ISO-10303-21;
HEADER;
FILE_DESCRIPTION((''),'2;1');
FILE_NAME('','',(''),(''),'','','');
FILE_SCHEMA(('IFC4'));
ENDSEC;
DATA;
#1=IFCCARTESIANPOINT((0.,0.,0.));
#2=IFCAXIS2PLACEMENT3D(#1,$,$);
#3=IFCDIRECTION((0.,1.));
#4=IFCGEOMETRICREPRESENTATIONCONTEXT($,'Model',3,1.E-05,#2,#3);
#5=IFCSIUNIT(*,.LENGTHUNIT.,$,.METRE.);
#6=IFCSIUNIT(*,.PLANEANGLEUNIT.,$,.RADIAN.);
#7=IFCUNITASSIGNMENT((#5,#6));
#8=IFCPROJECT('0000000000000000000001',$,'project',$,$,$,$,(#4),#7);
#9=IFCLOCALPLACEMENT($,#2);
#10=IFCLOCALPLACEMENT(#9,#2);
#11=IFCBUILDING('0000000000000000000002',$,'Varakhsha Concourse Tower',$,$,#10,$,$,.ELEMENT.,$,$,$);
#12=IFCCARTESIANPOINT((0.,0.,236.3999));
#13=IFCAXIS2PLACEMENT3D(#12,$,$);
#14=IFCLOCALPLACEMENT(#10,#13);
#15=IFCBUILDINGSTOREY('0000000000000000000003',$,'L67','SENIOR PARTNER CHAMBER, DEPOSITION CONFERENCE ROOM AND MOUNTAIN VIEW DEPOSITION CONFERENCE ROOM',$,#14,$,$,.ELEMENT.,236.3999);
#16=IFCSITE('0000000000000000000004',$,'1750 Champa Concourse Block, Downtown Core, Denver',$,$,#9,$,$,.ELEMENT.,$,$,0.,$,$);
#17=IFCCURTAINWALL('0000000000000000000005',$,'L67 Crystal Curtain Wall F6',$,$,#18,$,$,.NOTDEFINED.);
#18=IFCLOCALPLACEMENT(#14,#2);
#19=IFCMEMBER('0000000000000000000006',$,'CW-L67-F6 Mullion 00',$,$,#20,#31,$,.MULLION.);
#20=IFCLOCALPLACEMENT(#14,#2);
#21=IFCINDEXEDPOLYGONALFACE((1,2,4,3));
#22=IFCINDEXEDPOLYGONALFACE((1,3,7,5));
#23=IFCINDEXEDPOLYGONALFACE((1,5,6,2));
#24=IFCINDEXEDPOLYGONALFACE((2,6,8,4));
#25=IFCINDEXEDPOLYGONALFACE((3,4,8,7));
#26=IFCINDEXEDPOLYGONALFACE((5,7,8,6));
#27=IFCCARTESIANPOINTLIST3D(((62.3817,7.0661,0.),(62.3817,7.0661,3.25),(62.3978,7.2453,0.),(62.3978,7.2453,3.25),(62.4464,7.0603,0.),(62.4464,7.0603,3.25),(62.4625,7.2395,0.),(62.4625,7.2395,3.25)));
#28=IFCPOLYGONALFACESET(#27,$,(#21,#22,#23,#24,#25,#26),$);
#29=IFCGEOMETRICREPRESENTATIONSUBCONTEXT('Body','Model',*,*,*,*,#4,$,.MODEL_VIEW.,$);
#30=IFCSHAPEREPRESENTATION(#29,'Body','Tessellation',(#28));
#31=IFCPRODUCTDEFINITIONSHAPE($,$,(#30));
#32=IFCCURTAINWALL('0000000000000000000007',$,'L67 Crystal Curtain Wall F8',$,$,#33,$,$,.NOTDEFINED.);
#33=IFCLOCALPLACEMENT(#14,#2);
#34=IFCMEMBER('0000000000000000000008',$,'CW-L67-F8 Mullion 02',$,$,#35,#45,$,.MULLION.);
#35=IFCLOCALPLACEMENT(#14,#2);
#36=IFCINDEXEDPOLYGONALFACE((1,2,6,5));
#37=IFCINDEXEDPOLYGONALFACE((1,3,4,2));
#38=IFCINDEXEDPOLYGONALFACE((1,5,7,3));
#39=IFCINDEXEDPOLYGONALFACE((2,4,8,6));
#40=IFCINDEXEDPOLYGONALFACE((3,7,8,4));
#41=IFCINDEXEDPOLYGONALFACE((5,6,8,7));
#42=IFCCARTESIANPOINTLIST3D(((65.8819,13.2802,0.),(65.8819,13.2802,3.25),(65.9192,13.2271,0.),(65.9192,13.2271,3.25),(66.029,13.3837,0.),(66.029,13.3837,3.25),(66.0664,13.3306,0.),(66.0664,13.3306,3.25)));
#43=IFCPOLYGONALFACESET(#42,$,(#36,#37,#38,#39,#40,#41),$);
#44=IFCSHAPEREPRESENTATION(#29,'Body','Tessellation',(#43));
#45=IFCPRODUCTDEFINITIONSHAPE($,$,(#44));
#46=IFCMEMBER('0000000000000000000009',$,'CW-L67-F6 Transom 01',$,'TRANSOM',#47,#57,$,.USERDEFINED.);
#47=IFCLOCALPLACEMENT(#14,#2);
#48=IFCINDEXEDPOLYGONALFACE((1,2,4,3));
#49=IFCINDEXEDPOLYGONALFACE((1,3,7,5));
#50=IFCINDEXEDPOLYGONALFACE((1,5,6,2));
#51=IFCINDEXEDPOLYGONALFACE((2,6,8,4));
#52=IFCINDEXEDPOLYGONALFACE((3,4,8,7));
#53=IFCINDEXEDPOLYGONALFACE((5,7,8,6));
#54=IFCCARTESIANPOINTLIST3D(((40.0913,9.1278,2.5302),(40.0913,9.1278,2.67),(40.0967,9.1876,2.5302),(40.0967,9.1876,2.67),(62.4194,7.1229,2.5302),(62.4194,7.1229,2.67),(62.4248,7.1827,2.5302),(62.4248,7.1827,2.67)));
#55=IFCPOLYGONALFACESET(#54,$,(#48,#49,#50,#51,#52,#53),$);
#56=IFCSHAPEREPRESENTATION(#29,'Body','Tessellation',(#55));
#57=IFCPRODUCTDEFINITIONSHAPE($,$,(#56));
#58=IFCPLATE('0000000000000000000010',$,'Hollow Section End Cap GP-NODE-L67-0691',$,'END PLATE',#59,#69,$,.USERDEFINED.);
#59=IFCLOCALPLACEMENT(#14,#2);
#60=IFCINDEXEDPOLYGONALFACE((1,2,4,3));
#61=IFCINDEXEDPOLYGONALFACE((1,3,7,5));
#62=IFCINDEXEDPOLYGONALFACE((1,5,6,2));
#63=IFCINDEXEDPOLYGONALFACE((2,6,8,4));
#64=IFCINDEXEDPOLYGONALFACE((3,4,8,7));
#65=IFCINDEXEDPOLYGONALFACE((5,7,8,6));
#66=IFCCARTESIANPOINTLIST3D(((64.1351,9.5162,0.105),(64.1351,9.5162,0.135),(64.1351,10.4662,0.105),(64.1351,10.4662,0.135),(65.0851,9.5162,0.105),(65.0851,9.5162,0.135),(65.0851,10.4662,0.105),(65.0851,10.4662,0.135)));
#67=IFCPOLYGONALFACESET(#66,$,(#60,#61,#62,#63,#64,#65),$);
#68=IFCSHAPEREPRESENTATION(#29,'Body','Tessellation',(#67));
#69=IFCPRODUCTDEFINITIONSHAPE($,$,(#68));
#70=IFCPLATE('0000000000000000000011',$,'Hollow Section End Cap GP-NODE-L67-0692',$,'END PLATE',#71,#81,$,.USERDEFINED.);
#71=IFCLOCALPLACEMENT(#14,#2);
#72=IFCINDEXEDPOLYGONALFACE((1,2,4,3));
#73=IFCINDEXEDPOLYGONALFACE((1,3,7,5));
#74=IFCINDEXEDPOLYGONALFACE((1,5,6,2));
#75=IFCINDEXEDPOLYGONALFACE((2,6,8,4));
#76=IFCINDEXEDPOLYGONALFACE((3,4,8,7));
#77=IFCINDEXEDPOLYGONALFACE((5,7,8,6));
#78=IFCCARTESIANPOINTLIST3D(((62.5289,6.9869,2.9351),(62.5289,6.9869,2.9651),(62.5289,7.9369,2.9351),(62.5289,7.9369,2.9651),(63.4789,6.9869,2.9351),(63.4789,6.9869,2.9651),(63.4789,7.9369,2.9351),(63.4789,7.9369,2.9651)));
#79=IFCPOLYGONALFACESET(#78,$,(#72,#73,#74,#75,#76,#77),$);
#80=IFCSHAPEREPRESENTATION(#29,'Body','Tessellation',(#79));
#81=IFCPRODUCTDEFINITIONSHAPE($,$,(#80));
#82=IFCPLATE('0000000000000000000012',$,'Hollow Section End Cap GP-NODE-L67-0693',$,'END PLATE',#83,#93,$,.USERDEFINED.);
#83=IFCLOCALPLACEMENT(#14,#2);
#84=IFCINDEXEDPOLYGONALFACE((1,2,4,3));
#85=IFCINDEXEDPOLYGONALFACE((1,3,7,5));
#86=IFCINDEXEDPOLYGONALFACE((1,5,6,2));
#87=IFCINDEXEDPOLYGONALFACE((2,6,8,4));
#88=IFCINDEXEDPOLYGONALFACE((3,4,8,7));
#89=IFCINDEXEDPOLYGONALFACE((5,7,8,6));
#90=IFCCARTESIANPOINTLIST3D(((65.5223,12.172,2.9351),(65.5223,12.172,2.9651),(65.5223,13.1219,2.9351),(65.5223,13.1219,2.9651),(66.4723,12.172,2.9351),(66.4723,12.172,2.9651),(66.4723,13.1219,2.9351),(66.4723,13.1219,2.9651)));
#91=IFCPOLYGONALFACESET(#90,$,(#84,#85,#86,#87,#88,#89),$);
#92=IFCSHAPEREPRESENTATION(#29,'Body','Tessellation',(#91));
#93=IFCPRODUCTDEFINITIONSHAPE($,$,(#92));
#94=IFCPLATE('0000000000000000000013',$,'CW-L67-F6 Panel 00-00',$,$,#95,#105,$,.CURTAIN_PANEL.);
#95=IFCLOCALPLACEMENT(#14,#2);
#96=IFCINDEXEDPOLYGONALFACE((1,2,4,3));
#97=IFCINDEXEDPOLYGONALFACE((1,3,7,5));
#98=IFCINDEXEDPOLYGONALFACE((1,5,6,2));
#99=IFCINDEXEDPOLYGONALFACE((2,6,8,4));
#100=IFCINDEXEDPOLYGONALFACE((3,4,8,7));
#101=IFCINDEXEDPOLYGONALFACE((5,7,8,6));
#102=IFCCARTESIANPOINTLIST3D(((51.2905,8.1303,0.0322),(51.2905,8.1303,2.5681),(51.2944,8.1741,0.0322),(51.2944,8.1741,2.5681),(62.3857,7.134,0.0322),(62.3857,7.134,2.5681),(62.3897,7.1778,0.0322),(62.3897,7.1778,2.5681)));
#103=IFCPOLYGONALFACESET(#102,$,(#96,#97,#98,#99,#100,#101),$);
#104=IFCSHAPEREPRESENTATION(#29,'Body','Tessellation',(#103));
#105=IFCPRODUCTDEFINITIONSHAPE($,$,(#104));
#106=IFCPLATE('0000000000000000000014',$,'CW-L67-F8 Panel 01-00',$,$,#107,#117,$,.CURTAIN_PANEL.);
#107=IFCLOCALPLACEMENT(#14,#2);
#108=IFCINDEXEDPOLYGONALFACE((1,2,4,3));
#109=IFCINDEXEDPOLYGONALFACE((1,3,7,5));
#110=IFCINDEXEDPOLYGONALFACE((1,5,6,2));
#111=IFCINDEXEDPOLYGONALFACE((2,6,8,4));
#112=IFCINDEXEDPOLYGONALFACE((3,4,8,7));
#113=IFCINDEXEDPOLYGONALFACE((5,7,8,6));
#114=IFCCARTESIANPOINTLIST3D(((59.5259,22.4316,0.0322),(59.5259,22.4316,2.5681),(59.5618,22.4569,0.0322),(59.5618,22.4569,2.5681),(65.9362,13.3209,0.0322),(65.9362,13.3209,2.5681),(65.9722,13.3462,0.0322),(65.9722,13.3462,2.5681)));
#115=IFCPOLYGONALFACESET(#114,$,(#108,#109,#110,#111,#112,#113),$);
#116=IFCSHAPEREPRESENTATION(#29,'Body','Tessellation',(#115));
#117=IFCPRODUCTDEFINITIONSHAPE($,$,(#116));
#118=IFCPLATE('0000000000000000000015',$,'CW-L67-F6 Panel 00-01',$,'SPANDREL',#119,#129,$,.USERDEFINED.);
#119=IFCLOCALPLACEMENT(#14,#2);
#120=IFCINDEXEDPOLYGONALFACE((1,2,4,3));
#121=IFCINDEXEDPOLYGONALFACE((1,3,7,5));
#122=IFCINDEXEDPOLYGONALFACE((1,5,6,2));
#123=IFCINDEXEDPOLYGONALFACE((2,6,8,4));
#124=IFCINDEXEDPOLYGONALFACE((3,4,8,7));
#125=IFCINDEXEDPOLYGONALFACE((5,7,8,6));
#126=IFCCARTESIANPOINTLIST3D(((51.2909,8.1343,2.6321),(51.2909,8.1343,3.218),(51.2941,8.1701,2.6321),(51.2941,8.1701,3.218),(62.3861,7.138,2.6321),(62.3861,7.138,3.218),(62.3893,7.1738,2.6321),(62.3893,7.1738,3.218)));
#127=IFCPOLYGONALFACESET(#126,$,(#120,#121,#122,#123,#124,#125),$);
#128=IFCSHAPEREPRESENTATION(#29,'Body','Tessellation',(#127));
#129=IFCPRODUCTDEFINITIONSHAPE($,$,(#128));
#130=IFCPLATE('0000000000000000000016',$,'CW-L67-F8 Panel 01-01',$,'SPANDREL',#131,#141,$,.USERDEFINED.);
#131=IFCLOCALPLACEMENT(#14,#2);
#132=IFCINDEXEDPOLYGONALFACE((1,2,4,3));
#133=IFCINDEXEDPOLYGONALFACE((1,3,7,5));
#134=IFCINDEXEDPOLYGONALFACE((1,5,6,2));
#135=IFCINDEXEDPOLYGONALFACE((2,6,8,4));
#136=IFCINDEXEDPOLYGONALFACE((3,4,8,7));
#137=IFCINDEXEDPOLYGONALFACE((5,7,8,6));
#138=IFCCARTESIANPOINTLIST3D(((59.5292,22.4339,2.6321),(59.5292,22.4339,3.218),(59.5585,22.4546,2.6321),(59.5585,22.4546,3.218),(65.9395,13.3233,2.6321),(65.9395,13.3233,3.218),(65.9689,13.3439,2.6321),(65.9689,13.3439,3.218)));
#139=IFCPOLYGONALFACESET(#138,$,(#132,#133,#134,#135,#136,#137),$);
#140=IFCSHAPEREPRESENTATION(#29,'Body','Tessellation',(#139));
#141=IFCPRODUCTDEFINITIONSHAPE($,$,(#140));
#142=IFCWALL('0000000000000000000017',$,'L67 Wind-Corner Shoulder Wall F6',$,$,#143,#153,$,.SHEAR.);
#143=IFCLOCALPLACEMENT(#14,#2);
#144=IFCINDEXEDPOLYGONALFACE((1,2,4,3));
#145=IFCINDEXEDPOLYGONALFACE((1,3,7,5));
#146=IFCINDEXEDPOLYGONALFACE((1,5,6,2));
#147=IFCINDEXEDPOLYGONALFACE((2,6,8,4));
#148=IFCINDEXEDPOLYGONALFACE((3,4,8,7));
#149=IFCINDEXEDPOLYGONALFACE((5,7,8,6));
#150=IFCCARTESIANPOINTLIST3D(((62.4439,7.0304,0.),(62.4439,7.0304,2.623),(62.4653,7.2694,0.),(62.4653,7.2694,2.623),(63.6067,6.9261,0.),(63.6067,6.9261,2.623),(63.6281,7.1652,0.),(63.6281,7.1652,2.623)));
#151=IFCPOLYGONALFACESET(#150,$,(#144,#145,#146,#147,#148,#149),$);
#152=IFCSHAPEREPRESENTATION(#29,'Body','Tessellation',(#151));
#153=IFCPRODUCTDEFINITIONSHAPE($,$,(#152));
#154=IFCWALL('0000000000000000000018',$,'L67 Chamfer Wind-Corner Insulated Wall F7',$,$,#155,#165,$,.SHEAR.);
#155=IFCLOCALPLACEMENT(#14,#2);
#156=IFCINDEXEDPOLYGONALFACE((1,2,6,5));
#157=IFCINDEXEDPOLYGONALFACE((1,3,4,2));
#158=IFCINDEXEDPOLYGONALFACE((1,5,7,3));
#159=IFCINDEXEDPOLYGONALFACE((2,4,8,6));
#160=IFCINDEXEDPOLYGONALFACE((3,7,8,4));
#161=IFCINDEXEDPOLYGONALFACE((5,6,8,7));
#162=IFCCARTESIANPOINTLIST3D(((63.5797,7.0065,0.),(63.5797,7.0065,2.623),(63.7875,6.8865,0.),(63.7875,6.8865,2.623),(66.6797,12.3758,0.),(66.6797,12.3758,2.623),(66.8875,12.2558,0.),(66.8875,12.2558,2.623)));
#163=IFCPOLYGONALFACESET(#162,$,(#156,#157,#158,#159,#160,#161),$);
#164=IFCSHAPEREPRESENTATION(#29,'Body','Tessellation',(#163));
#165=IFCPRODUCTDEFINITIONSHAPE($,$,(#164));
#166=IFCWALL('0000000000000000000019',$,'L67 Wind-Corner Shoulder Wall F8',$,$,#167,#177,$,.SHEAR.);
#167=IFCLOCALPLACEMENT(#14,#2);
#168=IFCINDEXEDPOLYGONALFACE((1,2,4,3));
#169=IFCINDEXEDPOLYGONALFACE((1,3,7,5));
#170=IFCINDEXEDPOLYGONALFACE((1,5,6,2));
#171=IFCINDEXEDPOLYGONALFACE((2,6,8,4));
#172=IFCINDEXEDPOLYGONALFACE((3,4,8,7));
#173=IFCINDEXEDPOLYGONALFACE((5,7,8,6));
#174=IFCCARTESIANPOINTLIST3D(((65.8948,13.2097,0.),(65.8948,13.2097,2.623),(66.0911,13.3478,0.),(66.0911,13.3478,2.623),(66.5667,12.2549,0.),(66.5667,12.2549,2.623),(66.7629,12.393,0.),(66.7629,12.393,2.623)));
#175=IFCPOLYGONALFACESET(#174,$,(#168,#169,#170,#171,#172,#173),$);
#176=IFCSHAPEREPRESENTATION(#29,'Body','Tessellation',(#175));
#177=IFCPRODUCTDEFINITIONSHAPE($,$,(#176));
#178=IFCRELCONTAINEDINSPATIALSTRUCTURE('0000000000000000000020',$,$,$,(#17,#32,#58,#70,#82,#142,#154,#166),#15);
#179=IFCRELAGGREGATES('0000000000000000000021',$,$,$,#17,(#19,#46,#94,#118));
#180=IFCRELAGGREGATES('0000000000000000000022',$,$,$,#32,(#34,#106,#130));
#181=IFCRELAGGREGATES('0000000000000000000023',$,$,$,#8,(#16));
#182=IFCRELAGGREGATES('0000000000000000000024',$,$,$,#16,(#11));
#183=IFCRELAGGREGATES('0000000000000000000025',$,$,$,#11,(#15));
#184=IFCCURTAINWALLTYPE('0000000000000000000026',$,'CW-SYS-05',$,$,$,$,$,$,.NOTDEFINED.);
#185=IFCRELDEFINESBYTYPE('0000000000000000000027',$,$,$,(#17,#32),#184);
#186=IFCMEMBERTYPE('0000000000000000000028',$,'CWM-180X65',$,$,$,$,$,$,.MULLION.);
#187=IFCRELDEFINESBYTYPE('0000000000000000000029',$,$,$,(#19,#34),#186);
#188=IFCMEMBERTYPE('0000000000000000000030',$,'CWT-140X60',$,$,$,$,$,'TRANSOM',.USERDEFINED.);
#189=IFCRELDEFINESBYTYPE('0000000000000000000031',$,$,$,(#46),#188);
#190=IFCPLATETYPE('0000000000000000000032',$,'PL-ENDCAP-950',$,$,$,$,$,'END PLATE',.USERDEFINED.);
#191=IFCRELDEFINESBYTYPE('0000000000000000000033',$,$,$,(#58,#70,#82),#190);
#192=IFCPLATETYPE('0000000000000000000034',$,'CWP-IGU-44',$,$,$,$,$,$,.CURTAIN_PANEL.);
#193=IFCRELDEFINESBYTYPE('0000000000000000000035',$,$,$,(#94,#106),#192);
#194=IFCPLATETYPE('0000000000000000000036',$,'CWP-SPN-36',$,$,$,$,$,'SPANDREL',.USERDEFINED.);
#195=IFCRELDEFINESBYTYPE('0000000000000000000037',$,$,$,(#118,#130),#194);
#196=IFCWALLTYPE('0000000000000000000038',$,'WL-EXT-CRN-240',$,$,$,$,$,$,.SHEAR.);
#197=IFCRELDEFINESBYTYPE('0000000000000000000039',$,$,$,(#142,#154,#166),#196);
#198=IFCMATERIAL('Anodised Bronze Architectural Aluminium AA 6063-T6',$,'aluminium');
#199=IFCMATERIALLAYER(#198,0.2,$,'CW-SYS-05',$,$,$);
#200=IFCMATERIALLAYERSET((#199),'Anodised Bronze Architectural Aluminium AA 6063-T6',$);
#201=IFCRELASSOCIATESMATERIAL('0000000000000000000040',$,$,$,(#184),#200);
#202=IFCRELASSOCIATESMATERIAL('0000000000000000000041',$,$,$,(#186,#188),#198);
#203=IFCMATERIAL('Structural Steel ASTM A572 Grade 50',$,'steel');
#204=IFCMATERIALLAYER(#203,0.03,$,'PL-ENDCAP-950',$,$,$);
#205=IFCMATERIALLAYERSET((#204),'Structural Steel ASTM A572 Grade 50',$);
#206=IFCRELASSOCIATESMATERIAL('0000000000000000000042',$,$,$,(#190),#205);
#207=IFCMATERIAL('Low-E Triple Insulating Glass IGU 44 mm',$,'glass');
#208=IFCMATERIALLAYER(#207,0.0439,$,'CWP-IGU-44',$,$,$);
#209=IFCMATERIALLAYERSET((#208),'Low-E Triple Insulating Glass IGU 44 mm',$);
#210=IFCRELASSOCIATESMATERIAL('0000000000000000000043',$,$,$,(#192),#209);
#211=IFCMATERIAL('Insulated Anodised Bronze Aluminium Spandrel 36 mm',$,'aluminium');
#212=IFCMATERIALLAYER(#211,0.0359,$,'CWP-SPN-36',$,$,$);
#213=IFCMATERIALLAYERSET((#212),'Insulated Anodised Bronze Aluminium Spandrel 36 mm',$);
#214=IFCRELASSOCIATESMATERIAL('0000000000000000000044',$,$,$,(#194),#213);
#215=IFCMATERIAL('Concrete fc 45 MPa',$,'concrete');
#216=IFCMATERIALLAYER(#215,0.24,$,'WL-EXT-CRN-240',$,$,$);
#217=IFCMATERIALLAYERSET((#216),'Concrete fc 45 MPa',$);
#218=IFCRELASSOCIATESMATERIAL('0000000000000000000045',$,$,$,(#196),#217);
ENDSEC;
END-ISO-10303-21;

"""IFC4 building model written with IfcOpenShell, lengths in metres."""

from ifc_helpers import new_model, si_unit, direction, frame, frame_2d, origin, origin_2d, place, context, subcontext, project, spatial, rectangle, extrude, source, transform, mapped, material, layer, layer_set, material_profile, profile_set, type_object, type_shapes, element, aggregate, save


model = new_model("IFC4")

# Units and contexts
model_context = context("Model", 3, precision=1e-05, world=origin(), true_north=direction((0.0, 1.0)))
body_context = subcontext(model_context, "Body", "Model", "MODEL_VIEW")
ifc_project = project(units=[si_unit("LENGTHUNIT", "METRE"), si_unit("PLANEANGLEUNIT", "RADIAN")], contexts=[model_context])

# Site, building, storey
site_placement = place(None, origin())
site = spatial("IfcSite", under=ifc_project, at=site_placement, Name="1750 Champa Concourse Block, Downtown Core, Denver", CompositionType="ELEMENT", RefElevation=0.0)
building_placement = place(site_placement, origin())
building = spatial("IfcBuilding", under=site, at=building_placement, Name="Varakhsha Concourse Tower", CompositionType="ELEMENT")
storey_placement = place(building_placement, frame((0.0, 0.0, 236.3999)))
storey = spatial("IfcBuildingStorey", under=building, at=storey_placement, Name="L67", Description="SENIOR PARTNER CHAMBER, DEPOSITION CONFERENCE ROOM AND MOUNTAIN VIEW DEPOSITION CONFERENCE ROOM", CompositionType="ELEMENT", Elevation=236.3999)

# Shared definitions
ifc_material_1 = material(Name="Structural Steel ASTM A572 Grade 50", Category="steel")

# Curtain walls, members
ifc_material_2 = material(Name="Anodised Bronze Architectural Aluminium AA 6063-T6", Category="aluminium")
ifc_layer_1 = layer(ifc_material_2, 0.2, Name="CW-SYS-05")
ifc_layer_set_1 = layer_set([ifc_layer_1], Name="Anodised Bronze Architectural Aluminium AA 6063-T6")
curtain_wall_type = type_object("IfcCurtainWallType", Name="CW-SYS-05", PredefinedType="NOTDEFINED", material=ifc_layer_set_1)
curtain_wall_1_placement = place(storey_placement, origin())
curtain_wall_1 = element("IfcCurtainWall", 1, at=curtain_wall_1_placement, inside=storey, type_object=curtain_wall_type, Name="L67 Crystal Curtain Wall F6", PredefinedType="NOTDEFINED")
ifc_material_profile_1 = material_profile(ifc_material_2, rectangle(XDim=0.0649, YDim=0.1799, at=origin_2d()), Name="CWM-180X65")
ifc_profile_set_1 = profile_set([ifc_material_profile_1], Name="Anodised Bronze Architectural Aluminium AA 6063-T6")
member_type_1 = type_object("IfcMemberType", Name="CWM-180X65", PredefinedType="MULLION", material=ifc_profile_set_1)
shared_shape_1 = source(origin(), body_context, "Body", "SweptSolid", [
    extrude(rectangle(XDim=0.0649, YDim=0.1799, at=origin_2d()), origin(), (0.0, 0.0, 1.0), 3.25),
])
type_shapes(member_type_1, [shared_shape_1])
member_1_placement = place(storey_placement, frame((62.4221, 7.1528, 0.0), z_axis=(0.0, 0.0, 1.0), x_axis=(-0.995993, 0.089433, 0.0)))
member_1 = element("IfcMember", 2, at=member_1_placement, type_object=member_type_1, Name="CW-L67-F6 Mullion 00", PredefinedType="MULLION", context=body_context, shape_type="MappedRepresentation", body=[
    mapped(shared_shape_1, transform((0.0, 0.0, 0.0), scale=1.0)),
])
curtain_wall_2_placement = place(storey_placement, origin())
curtain_wall_2 = element("IfcCurtainWall", 3, at=curtain_wall_2_placement, inside=storey, type_object=curtain_wall_type, Name="L67 Crystal Curtain Wall F8", PredefinedType="NOTDEFINED")
member_2_placement = place(storey_placement, frame((65.9741, 13.3054, 0.0), z_axis=(0.0, 0.0, 1.0), x_axis=(0.575444, -0.817842, 0.0)))
member_2 = element("IfcMember", 4, at=member_2_placement, type_object=member_type_1, Name="CW-L67-F8 Mullion 02", PredefinedType="MULLION", context=body_context, shape_type="MappedRepresentation", body=[
    mapped(shared_shape_1, transform((0.0, 0.0, 0.0), scale=1.0)),
])

# Member
ifc_material_profile_2 = material_profile(ifc_material_2, rectangle(XDim=0.0601, YDim=0.1399, at=origin_2d()), Name="CWT-140X60")
ifc_profile_set_2 = profile_set([ifc_material_profile_2], Name="Anodised Bronze Architectural Aluminium AA 6063-T6")
member_type_2 = type_object("IfcMemberType", Name="CWT-140X60", ElementType="TRANSOM", PredefinedType="USERDEFINED", material=ifc_profile_set_2)
shared_shape_2 = source(origin(), body_context, "Body", "SweptSolid", [
    extrude(rectangle(XDim=0.0601, YDim=0.1399, at=origin_2d()), origin(), (0.0, 0.0, 1.0), 22.418),
])
type_shapes(member_type_2, [shared_shape_2])
member_3_placement = place(storey_placement, frame((62.4221, 7.1528, 2.6001), z_axis=(-0.995993, 0.089432, 0.0), x_axis=(-0.089432, -0.995993, 0.0)))
member_3 = element("IfcMember", 5, at=member_3_placement, type_object=member_type_2, Name="CW-L67-F6 Transom 01", ObjectType="TRANSOM", PredefinedType="USERDEFINED", context=body_context, shape_type="MappedRepresentation", body=[
    mapped(shared_shape_2, transform((0.0, 0.0, 0.0), scale=1.0)),
])

# Plates
ifc_layer_2 = layer(ifc_material_1, 0.03, Name="PL-ENDCAP-950")
ifc_layer_set_2 = layer_set([ifc_layer_2], Name="Structural Steel ASTM A572 Grade 50")
plate_type_1 = type_object("IfcPlateType", Name="PL-ENDCAP-950", ElementType="END PLATE", PredefinedType="USERDEFINED", material=ifc_layer_set_2)
shared_shape_3 = source(origin(), body_context, "Body", "SweptSolid", [
    extrude(rectangle(XDim=0.95, YDim=0.95, at=origin_2d()), origin(), (0.0, 0.0, 1.0), 0.03),
])
type_shapes(plate_type_1, [shared_shape_3])
for number, where, z_axis, x_axis, name in (
    (6, (64.6101, 9.9912, 0.105), (0.0, 0.0, 1.0), (1.0, 0.0, 0.0), "Hollow Section End Cap GP-NODE-L67-0691"),
    (7, (63.0039, 7.4619, 2.9351), (0.0, 0.0, 1.0), (1.0, 0.0, 0.0), "Hollow Section End Cap GP-NODE-L67-0692"),
    (8, (65.9973, 12.647, 2.9351), (0.0, 0.0, 1.0), (1.0, 0.0, 0.0), "Hollow Section End Cap GP-NODE-L67-0693"),
):
    element("IfcPlate", number, at=place(storey_placement, frame(where, z_axis=z_axis, x_axis=x_axis)), inside=storey, type_object=plate_type_1, Name=name, ObjectType="END PLATE", PredefinedType="USERDEFINED", context=body_context, shape_type="MappedRepresentation", body=[
        mapped(shared_shape_3, transform((0.0, 0.0, 0.0), scale=1.0)),
    ])

# Plates
ifc_material_3 = material(Name="Low-E Triple Insulating Glass IGU 44 mm", Category="glass")
ifc_layer_3 = layer(ifc_material_3, 0.0439, Name="CWP-IGU-44")
ifc_layer_set_3 = layer_set([ifc_layer_3], Name="Low-E Triple Insulating Glass IGU 44 mm")
plate_type_2 = type_object("IfcPlateType", Name="CWP-IGU-44", PredefinedType="CURTAIN_PANEL", material=ifc_layer_set_3)
shared_shape_4 = source(origin(), body_context, "Body", "SweptSolid", [
    extrude(rectangle(XDim=11.1399, YDim=0.0439, at=origin_2d()), origin(), (0.0, 0.0, 1.0), 2.5359),
])
type_shapes(plate_type_2, [shared_shape_4])
plate_1_placement = place(storey_placement, frame((56.8401, 7.6541, 0.0322), z_axis=(0.0, 0.0, 1.0), x_axis=(-0.995993, 0.089433, 0.0)))
plate_1 = element("IfcPlate", 9, at=plate_1_placement, type_object=plate_type_2, Name="CW-L67-F6 Panel 00-00", PredefinedType="CURTAIN_PANEL", context=body_context, shape_type="MappedRepresentation", body=[
    mapped(shared_shape_4, transform((0.0, 0.0, 0.0), scale=1.0)),
])
plate_2_placement = place(storey_placement, frame((62.749, 17.8889, 0.0322), z_axis=(0.0, 0.0, 1.0), x_axis=(0.575444, -0.817842, 0.0)))
plate_2 = element("IfcPlate", 10, at=plate_2_placement, type_object=plate_type_2, Name="CW-L67-F8 Panel 01-00", PredefinedType="CURTAIN_PANEL", context=body_context, shape_type="MappedRepresentation", body=[
    mapped(shared_shape_4, transform((0.0, 0.0, 0.0), scale=1.0)),
])
ifc_material_4 = material(Name="Insulated Anodised Bronze Aluminium Spandrel 36 mm", Category="aluminium")
ifc_layer_4 = layer(ifc_material_4, 0.0359, Name="CWP-SPN-36")
ifc_layer_set_4 = layer_set([ifc_layer_4], Name="Insulated Anodised Bronze Aluminium Spandrel 36 mm")
plate_type_3 = type_object("IfcPlateType", Name="CWP-SPN-36", ElementType="SPANDREL", PredefinedType="USERDEFINED", material=ifc_layer_set_4)
shared_shape_5 = source(origin(), body_context, "Body", "SweptSolid", [
    extrude(rectangle(XDim=11.1399, YDim=0.0359, at=origin_2d()), origin(), (0.0, 0.0, 1.0), 0.5859),
])
type_shapes(plate_type_3, [shared_shape_5])
plate_3_placement = place(storey_placement, frame((56.8401, 7.6541, 2.6321), z_axis=(0.0, 0.0, 1.0), x_axis=(-0.995993, 0.089433, 0.0)))
plate_3 = element("IfcPlate", 11, at=plate_3_placement, type_object=plate_type_3, Name="CW-L67-F6 Panel 00-01", ObjectType="SPANDREL", PredefinedType="USERDEFINED", context=body_context, shape_type="MappedRepresentation", body=[
    mapped(shared_shape_5, transform((0.0, 0.0, 0.0), scale=1.0)),
])
aggregate(curtain_wall_1, [member_1, member_3, plate_1, plate_3])
plate_4_placement = place(storey_placement, frame((62.749, 17.8889, 2.6321), z_axis=(0.0, 0.0, 1.0), x_axis=(0.575444, -0.817842, 0.0)))
plate_4 = element("IfcPlate", 12, at=plate_4_placement, type_object=plate_type_3, Name="CW-L67-F8 Panel 01-01", ObjectType="SPANDREL", PredefinedType="USERDEFINED", context=body_context, shape_type="MappedRepresentation", body=[
    mapped(shared_shape_5, transform((0.0, 0.0, 0.0), scale=1.0)),
])
aggregate(curtain_wall_2, [member_2, plate_2, plate_4])

# Walls
ifc_material_5 = material(Name="Concrete fc 45 MPa", Category="concrete")
ifc_layer_5 = layer(ifc_material_5, 0.24, Name="WL-EXT-CRN-240")
ifc_layer_set_5 = layer_set([ifc_layer_5], Name="Concrete fc 45 MPa")
wall_type = type_object("IfcWallType", Name="WL-EXT-CRN-240", PredefinedType="SHEAR", material=ifc_layer_set_5)
wall_1_placement = place(storey_placement, frame((62.4546, 7.1499, 0.0), z_axis=(0.0, 0.0, 1.0), x_axis=(0.996006, -0.089291, 0.0)))
element("IfcWall", 13, at=wall_1_placement, inside=storey, type_object=wall_type, Name="L67 Wind-Corner Shoulder Wall F6", PredefinedType="SHEAR", context=body_context, shape_type="SweptSolid", body=[
    extrude(rectangle(XDim=1.1675, YDim=0.24, at=frame_2d((0.5837, 0.0))), origin(), (0.0, 0.0, 1.0), 2.623),
])
wall_2_placement = place(storey_placement, frame((66.7837, 12.3159, 0.0), z_axis=(0.0, 0.0, 1.0), x_axis=(-0.50001, -0.86602, 0.0)))
element("IfcWall", 14, at=wall_2_placement, inside=storey, type_object=wall_type, Name="L67 Chamfer Wind-Corner Insulated Wall F7", PredefinedType="SHEAR", context=body_context, shape_type="SweptSolid", body=[
    extrude(rectangle(XDim=6.2, YDim=0.24, at=frame_2d((3.1001, 0.0))), origin(), (0.0, 0.0, 1.0), 2.623),
])
wall_3_placement = place(storey_placement, frame((66.6648, 12.324, 0.0), z_axis=(0.0, 0.0, 1.0), x_axis=(-0.575468, 0.817825, 0.0)))
element("IfcWall", 15, at=wall_3_placement, inside=storey, type_object=wall_type, Name="L67 Wind-Corner Shoulder Wall F8", PredefinedType="SHEAR", context=body_context, shape_type="SweptSolid", body=[
    extrude(rectangle(XDim=1.1675, YDim=0.24, at=frame_2d((0.5837, 0.0))), origin(), (0.0, 0.0, 1.0), 2.623),
])

save(model, "model.ifc")
